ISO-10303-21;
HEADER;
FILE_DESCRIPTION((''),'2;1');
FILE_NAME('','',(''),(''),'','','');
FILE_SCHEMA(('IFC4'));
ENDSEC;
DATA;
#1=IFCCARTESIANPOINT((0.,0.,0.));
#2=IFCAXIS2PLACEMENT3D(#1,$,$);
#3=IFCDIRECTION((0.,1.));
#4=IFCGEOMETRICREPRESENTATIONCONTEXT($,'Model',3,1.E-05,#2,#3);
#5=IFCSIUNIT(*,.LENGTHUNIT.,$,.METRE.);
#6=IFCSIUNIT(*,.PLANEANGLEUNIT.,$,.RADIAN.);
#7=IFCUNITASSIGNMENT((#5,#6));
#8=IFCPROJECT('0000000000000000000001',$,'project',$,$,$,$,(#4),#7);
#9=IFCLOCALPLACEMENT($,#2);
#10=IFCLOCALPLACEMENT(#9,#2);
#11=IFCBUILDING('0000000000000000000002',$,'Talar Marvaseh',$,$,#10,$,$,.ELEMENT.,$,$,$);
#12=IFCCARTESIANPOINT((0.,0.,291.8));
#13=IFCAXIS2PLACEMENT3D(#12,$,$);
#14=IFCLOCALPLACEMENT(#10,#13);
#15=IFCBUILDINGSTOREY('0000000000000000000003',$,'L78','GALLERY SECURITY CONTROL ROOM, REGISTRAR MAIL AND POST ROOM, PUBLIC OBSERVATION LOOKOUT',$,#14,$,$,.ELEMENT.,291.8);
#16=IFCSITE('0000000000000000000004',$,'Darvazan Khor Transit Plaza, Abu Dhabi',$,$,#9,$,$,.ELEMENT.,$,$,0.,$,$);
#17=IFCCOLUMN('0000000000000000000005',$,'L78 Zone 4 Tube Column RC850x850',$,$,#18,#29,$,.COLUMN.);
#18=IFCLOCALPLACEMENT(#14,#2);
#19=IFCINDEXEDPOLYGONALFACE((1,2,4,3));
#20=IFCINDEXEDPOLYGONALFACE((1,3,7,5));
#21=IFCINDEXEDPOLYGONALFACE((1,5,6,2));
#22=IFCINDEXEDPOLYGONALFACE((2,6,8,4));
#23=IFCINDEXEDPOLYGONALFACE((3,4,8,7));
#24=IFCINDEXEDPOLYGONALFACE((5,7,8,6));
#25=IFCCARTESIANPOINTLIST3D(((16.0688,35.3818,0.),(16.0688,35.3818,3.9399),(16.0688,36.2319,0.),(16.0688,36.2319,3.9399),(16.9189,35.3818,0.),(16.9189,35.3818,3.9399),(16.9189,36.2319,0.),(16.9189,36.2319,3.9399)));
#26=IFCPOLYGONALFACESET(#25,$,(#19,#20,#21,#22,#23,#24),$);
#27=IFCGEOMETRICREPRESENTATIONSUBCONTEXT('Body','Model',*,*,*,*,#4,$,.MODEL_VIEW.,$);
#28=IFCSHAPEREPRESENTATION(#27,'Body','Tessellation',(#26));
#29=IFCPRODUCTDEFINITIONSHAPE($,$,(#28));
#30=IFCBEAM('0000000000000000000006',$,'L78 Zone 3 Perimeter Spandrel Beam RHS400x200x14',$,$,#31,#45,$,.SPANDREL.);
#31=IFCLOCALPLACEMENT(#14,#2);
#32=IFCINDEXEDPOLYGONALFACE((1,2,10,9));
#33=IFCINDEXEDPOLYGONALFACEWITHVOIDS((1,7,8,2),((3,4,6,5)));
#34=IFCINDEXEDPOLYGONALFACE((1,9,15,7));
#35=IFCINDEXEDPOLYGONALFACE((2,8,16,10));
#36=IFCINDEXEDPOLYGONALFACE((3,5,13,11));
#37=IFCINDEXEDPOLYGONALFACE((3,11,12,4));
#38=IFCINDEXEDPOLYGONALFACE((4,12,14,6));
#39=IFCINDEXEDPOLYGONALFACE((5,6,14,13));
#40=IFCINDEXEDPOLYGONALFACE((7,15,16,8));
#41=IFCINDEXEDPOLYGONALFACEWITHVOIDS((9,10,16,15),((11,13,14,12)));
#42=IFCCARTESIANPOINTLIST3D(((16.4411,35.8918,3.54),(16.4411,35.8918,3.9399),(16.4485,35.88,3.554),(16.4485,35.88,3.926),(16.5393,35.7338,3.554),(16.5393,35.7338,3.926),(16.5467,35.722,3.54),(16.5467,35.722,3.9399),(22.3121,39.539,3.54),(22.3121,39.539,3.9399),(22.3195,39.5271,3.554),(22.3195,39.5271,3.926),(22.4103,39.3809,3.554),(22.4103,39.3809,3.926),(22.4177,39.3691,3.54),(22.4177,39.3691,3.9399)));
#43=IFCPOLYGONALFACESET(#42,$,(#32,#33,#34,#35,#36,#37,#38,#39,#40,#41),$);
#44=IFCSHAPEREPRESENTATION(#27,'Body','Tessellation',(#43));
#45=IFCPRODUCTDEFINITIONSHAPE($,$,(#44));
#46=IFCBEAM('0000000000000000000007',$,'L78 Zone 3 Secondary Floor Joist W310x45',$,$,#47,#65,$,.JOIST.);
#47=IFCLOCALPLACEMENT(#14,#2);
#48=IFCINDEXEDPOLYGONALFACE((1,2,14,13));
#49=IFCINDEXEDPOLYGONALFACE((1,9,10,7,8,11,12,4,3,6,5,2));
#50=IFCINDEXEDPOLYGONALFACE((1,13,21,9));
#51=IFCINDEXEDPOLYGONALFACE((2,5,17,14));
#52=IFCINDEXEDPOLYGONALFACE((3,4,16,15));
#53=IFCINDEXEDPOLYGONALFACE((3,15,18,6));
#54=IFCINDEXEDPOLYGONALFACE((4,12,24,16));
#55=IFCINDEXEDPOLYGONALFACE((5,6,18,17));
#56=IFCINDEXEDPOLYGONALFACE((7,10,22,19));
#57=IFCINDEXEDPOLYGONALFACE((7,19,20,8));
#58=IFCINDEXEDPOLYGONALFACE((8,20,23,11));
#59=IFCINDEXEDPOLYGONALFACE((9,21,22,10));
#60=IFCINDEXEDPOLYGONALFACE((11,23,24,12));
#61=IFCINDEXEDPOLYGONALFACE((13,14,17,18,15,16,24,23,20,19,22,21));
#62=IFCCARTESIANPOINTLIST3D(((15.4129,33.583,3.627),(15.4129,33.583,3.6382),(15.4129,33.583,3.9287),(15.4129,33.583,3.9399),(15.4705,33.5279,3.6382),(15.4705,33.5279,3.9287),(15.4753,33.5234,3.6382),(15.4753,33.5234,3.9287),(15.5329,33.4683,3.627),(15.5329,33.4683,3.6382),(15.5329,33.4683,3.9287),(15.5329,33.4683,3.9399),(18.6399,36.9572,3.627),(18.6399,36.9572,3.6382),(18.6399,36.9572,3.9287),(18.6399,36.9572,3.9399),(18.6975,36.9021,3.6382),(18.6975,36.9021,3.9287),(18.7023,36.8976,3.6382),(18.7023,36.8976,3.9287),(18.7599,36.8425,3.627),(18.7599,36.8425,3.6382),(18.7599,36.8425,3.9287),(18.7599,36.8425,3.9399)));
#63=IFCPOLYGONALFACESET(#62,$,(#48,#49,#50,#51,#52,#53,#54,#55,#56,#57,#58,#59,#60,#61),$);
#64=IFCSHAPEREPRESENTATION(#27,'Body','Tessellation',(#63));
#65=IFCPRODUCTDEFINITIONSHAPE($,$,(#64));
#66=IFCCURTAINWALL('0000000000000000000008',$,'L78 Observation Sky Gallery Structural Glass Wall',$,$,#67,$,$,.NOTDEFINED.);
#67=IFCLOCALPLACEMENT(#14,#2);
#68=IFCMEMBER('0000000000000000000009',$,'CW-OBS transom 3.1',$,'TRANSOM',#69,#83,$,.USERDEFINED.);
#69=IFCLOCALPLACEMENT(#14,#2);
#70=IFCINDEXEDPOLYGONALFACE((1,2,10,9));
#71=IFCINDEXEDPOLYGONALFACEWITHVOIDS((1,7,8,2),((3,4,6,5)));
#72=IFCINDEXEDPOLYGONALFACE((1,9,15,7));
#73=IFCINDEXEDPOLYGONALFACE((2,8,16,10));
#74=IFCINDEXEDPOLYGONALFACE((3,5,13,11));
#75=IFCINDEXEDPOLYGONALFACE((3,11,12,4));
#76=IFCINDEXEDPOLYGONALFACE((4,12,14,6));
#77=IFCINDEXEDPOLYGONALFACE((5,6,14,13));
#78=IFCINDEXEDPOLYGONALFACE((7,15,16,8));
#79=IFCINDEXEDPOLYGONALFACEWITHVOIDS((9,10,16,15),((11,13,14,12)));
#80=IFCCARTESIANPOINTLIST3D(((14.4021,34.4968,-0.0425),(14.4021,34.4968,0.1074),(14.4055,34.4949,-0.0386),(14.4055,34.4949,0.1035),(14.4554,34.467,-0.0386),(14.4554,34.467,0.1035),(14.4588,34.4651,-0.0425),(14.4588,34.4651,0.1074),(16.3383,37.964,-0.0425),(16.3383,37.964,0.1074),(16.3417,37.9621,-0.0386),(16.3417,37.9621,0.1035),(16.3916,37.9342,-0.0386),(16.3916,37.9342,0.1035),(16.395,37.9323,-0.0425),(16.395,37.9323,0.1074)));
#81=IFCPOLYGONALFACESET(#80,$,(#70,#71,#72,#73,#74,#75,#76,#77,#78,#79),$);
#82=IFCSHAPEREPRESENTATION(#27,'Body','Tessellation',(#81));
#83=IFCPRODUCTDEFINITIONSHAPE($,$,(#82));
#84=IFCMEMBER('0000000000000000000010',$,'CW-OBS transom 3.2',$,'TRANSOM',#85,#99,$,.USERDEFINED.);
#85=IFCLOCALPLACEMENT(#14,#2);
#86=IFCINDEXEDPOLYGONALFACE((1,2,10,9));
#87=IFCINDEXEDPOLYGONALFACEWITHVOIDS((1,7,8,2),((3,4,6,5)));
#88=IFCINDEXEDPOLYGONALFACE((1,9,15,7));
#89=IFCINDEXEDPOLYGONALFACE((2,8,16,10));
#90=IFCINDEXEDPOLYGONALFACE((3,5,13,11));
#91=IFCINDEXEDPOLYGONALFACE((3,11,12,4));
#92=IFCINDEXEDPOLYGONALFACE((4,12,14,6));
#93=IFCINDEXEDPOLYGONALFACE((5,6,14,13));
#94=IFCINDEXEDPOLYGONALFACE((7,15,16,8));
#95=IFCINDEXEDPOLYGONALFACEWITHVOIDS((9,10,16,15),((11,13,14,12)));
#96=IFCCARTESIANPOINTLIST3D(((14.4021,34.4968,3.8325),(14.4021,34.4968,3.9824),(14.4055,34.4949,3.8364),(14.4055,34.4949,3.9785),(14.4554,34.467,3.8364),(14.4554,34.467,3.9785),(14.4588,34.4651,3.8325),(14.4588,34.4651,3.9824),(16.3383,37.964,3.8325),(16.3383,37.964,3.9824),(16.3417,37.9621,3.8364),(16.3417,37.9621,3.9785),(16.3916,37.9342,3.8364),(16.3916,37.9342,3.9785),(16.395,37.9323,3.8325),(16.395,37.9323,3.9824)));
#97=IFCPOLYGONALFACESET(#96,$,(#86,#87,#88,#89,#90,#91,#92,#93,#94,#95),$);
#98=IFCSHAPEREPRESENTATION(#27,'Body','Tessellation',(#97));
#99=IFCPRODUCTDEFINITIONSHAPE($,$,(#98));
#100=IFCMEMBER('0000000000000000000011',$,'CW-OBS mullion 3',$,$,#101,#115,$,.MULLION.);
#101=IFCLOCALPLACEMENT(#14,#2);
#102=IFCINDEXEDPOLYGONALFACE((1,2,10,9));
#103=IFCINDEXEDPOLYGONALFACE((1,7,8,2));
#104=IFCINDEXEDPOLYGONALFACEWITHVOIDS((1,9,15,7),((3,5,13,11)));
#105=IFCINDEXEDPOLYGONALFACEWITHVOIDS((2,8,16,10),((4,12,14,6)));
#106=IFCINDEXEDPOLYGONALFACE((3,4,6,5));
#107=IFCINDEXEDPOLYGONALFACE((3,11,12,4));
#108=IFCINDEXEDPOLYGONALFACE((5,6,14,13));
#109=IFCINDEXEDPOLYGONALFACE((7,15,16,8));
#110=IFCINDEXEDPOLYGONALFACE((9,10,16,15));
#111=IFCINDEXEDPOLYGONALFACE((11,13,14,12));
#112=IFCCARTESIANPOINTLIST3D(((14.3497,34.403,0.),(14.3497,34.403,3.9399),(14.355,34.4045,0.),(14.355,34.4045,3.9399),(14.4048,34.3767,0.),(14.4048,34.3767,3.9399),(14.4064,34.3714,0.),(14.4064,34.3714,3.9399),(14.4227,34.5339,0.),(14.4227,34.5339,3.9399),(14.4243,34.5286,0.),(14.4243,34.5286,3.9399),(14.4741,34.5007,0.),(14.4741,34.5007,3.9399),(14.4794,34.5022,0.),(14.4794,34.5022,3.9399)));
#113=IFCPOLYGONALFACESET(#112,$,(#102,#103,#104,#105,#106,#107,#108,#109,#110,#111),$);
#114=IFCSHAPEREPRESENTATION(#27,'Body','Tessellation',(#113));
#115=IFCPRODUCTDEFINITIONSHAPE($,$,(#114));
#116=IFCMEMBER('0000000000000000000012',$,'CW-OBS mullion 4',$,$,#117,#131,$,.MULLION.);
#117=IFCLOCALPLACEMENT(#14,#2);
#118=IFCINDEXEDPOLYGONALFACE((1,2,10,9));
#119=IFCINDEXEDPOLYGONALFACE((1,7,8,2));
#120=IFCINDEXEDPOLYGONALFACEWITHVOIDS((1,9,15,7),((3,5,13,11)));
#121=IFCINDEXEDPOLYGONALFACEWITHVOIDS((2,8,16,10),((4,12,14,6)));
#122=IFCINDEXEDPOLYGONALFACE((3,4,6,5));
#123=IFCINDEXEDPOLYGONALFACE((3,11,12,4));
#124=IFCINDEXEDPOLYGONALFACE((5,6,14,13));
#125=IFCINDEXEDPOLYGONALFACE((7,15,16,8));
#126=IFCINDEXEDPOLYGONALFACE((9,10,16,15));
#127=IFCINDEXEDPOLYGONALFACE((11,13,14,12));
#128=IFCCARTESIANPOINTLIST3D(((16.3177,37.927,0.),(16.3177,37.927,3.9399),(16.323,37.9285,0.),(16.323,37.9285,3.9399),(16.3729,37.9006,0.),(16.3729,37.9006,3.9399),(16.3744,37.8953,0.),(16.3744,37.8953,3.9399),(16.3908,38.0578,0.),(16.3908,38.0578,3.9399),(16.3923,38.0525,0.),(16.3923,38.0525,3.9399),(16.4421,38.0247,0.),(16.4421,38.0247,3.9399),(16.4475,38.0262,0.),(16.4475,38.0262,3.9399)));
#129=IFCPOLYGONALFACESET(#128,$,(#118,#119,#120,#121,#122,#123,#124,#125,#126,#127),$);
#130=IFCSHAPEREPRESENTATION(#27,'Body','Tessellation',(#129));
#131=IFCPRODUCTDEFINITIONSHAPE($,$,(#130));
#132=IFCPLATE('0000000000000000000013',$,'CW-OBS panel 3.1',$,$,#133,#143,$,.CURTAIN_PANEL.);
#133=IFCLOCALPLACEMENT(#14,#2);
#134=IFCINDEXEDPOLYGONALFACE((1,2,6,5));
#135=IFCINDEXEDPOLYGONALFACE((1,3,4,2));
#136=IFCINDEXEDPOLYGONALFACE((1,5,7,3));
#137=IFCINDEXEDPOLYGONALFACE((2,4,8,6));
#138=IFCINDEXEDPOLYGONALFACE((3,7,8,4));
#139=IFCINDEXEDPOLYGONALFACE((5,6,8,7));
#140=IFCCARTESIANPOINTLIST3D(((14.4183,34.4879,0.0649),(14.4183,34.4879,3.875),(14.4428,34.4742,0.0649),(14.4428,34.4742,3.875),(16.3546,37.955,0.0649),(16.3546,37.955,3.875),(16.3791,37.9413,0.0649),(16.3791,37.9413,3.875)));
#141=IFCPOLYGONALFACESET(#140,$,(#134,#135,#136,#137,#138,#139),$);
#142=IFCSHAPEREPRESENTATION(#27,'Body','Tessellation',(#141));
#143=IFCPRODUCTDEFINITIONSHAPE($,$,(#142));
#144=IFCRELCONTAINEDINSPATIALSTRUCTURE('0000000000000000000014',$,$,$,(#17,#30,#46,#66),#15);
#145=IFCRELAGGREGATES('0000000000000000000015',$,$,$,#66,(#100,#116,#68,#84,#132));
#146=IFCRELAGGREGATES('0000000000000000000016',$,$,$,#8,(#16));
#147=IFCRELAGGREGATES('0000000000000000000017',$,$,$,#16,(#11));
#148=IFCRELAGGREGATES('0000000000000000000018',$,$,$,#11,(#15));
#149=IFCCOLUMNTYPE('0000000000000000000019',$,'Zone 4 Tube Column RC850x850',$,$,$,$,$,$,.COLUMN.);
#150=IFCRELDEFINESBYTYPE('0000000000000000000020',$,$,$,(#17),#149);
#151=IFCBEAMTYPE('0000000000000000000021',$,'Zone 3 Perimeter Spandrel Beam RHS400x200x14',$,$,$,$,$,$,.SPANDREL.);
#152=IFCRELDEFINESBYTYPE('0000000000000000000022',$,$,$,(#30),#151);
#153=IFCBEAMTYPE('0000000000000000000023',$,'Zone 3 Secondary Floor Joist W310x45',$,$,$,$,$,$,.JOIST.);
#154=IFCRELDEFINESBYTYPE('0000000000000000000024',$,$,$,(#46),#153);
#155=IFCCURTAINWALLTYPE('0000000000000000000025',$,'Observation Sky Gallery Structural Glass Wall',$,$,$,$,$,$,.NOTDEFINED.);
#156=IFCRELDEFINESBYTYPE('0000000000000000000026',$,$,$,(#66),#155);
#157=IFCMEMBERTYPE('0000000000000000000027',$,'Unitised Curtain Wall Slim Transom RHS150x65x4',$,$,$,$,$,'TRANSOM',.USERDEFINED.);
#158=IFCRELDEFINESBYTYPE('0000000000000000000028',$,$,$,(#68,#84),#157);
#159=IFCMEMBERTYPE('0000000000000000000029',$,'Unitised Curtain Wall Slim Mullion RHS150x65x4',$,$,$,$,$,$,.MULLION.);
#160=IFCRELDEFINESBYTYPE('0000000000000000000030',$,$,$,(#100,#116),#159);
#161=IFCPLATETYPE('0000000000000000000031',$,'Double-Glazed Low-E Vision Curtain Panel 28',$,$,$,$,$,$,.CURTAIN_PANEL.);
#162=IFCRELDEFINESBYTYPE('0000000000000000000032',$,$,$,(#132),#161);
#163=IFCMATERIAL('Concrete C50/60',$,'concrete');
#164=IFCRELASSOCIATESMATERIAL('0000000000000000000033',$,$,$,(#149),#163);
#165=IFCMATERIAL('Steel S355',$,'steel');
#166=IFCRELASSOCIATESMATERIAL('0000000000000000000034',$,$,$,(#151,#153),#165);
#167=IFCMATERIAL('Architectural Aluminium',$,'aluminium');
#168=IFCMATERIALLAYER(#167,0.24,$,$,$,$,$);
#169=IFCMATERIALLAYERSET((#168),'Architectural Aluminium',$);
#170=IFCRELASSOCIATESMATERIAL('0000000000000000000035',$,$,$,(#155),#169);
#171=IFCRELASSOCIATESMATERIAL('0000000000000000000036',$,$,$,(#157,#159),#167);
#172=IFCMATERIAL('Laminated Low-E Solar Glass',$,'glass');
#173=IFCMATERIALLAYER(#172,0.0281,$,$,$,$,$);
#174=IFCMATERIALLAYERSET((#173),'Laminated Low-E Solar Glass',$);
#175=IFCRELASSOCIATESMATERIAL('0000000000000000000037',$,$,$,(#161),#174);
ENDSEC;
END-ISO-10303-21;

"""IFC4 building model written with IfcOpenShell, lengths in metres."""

from ifc_helpers import new_model, si_unit, direction, frame, origin, origin_2d, place, context, subcontext, project, spatial, rectangle, hollow_rectangle, i_section, extrude, source, transform, mapped, material, layer, layer_set, material_profile, profile_set, type_object, type_shapes, element, aggregate, save


model = new_model("IFC4")

# Units and contexts
model_context = context("Model", 3, precision=1e-05, world=origin(), true_north=direction((0.0, 1.0)))
body_context = subcontext(model_context, "Body", "Model", "MODEL_VIEW")
ifc_project = project(units=[si_unit("LENGTHUNIT", "METRE"), si_unit("PLANEANGLEUNIT", "RADIAN")], contexts=[model_context])

# Site, building, storey
site_placement = place(None, origin())
site = spatial("IfcSite", under=ifc_project, at=site_placement, Name="Darvazan Khor Transit Plaza, Abu Dhabi", CompositionType="ELEMENT", RefElevation=0.0)
building_placement = place(site_placement, origin())
building = spatial("IfcBuilding", under=site, at=building_placement, Name="Talar Marvaseh", CompositionType="ELEMENT")
storey_placement = place(building_placement, frame((0.0, 0.0, 291.8)))
storey = spatial("IfcBuildingStorey", under=building, at=storey_placement, Name="L78", Description="GALLERY SECURITY CONTROL ROOM, REGISTRAR MAIL AND POST ROOM, PUBLIC OBSERVATION LOOKOUT", CompositionType="ELEMENT", Elevation=291.8)

# Column
ifc_material_1 = material(Name="Concrete C50/60", Category="concrete")
ifc_material_profile_1 = material_profile(ifc_material_1, rectangle(XDim=0.8501, YDim=0.8501, at=origin_2d()), Name="RC850x850")
ifc_profile_set_1 = profile_set([ifc_material_profile_1], Name="Concrete C50/60")
column_type = type_object("IfcColumnType", Name="Zone 4 Tube Column RC850x850", PredefinedType="COLUMN", material=ifc_profile_set_1)
column_placement = place(storey_placement, frame((16.4939, 35.8069, 0.0), z_axis=(0.0, 0.0, 1.0), x_axis=(1.0, 0.0, 0.0)))
element("IfcColumn", 1, at=column_placement, inside=storey, type_object=column_type, Name="L78 Zone 4 Tube Column RC850x850", PredefinedType="COLUMN", context=body_context, shape_type="SweptSolid", body=[
    extrude(rectangle(XDim=0.8501, YDim=0.8501, at=origin_2d()), origin(), (0.0, 0.0, 1.0), 3.9399),
])

# Beams
ifc_material_2 = material(Name="Steel S355", Category="steel")
ifc_material_profile_2 = material_profile(ifc_material_2, hollow_rectangle(XDim=0.2, YDim=0.3999, WallThickness=0.0139, at=origin_2d()), Name="RHS400x200x14")
ifc_profile_set_2 = profile_set([ifc_material_profile_2], Name="Steel S355")
beam_type_1 = type_object("IfcBeamType", Name="Zone 3 Perimeter Spandrel Beam RHS400x200x14", PredefinedType="SPANDREL", material=ifc_profile_set_2)
beam_1_placement = place(storey_placement, frame((16.4939, 35.8069, 3.74), z_axis=(0.84944, 0.527686, 0.0), x_axis=(-0.527686, 0.84944, 0.0)))
element("IfcBeam", 2, at=beam_1_placement, inside=storey, type_object=beam_type_1, Name="L78 Zone 3 Perimeter Spandrel Beam RHS400x200x14", PredefinedType="SPANDREL", context=body_context, shape_type="SweptSolid", body=[
    extrude(hollow_rectangle(XDim=0.2, YDim=0.3999, WallThickness=0.0139, at=origin_2d()), origin(), (0.0, 0.0, 1.0), 6.9116),
])
ifc_material_profile_3 = material_profile(ifc_material_2, i_section(OverallWidth=0.166, OverallDepth=0.313, WebThickness=0.0066, FlangeThickness=0.0112, at=origin_2d()), Name="W310x45")
ifc_profile_set_3 = profile_set([ifc_material_profile_3], Name="Steel S355")
beam_type_2 = type_object("IfcBeamType", Name="Zone 3 Secondary Floor Joist W310x45", PredefinedType="JOIST", material=ifc_profile_set_3)
beam_2_placement = place(storey_placement, frame((15.4729, 33.5256, 3.7834), z_axis=(0.691166, 0.722696, 0.0), x_axis=(-0.722696, 0.691166, 0.0)))
element("IfcBeam", 3, at=beam_2_placement, inside=storey, type_object=beam_type_2, Name="L78 Zone 3 Secondary Floor Joist W310x45", PredefinedType="JOIST", context=body_context, shape_type="SweptSolid", body=[
    extrude(i_section(OverallWidth=0.166, OverallDepth=0.313, WebThickness=0.0066, FlangeThickness=0.0112, at=origin_2d()), origin(), (0.0, 0.0, 1.0), 4.6689),
])

# Curtain wall, members, plate
ifc_material_3 = material(Name="Architectural Aluminium", Category="aluminium")
ifc_layer_1 = layer(ifc_material_3, 0.24)
ifc_layer_set_1 = layer_set([ifc_layer_1], Name="Architectural Aluminium")
curtain_wall_type = type_object("IfcCurtainWallType", Name="Observation Sky Gallery Structural Glass Wall", PredefinedType="NOTDEFINED", material=ifc_layer_set_1)
curtain_wall_placement = place(storey_placement, origin())
curtain_wall = element("IfcCurtainWall", 4, at=curtain_wall_placement, inside=storey, type_object=curtain_wall_type, Name="L78 Observation Sky Gallery Structural Glass Wall", PredefinedType="NOTDEFINED")
ifc_material_profile_4 = material_profile(ifc_material_3, hollow_rectangle(XDim=0.0649, YDim=0.1499, WallThickness=0.0039, at=origin_2d()), Name="RHS150x65x4")
ifc_profile_set_4 = profile_set([ifc_material_profile_4], Name="Architectural Aluminium")
member_type_1 = type_object("IfcMemberType", Name="Unitised Curtain Wall Slim Transom RHS150x65x4", ElementType="TRANSOM", PredefinedType="USERDEFINED", material=ifc_profile_set_4)
shared_shape_1 = source(origin(), body_context, "Body", "SweptSolid", [
    extrude(hollow_rectangle(XDim=0.0649, YDim=0.1499, WallThickness=0.0039, at=origin_2d()), origin(), (0.0, 0.0, 1.0), 3.9712),
])
type_shapes(member_type_1, [shared_shape_1])
member_1_placement = place(storey_placement, frame((14.4304, 34.481, 0.0325), z_axis=(0.487568, 0.873085, 0.0), x_axis=(-0.873085, 0.487568, 0.0)))
member_1 = element("IfcMember", 5, at=member_1_placement, type_object=member_type_1, Name="CW-OBS transom 3.1", ObjectType="TRANSOM", PredefinedType="USERDEFINED", context=body_context, shape_type="MappedRepresentation", body=[
    mapped(shared_shape_1, transform((0.0, 0.0, 0.0), x_axis=(1.0, 0.0, 0.0), y_axis=(0.0, 1.0, 0.0), z_axis=(0.0, 0.0, 1.0), scale=1.0)),
])
member_2_placement = place(storey_placement, frame((14.4304, 34.481, 3.9075), z_axis=(0.487568, 0.873085, 0.0), x_axis=(-0.873085, 0.487568, 0.0)))
member_2 = element("IfcMember", 6, at=member_2_placement, type_object=member_type_1, Name="CW-OBS transom 3.2", ObjectType="TRANSOM", PredefinedType="USERDEFINED", context=body_context, shape_type="MappedRepresentation", body=[
    mapped(shared_shape_1, transform((0.0, 0.0, 0.0), x_axis=(1.0, 0.0, 0.0), y_axis=(0.0, 1.0, 0.0), z_axis=(0.0, 0.0, 1.0), scale=1.0)),
])
ifc_material_profile_5 = material_profile(ifc_material_3, hollow_rectangle(XDim=0.0649, YDim=0.1499, WallThickness=0.0039, at=origin_2d()), Name="RHS150x65x4")
ifc_profile_set_5 = profile_set([ifc_material_profile_5], Name="Architectural Aluminium")
member_type_2 = type_object("IfcMemberType", Name="Unitised Curtain Wall Slim Mullion RHS150x65x4", PredefinedType="MULLION", material=ifc_profile_set_5)
shared_shape_2 = source(origin(), body_context, "Body", "SweptSolid", [
    extrude(hollow_rectangle(XDim=0.0649, YDim=0.1499, WallThickness=0.0039, at=origin_2d()), origin(), (0.0, 0.0, 1.0), 3.9399),
])
type_shapes(member_type_2, [shared_shape_2])
member_3_placement = place(storey_placement, frame((14.4146, 34.4526, 0.0), z_axis=(0.0, 0.0, 1.0), x_axis=(-0.873073, 0.487589, 0.0)))
member_3 = element("IfcMember", 7, at=member_3_placement, type_object=member_type_2, Name="CW-OBS mullion 3", PredefinedType="MULLION", context=body_context, shape_type="MappedRepresentation", body=[
    mapped(shared_shape_2, transform((0.0, 0.0, 0.0), x_axis=(1.0, 0.0, 0.0), y_axis=(0.0, 1.0, 0.0), z_axis=(0.0, 0.0, 1.0), scale=1.0)),
])
member_4_placement = place(storey_placement, frame((16.3826, 37.9766, 0.0), z_axis=(0.0, 0.0, 1.0), x_axis=(-0.873073, 0.487589, 0.0)))
member_4 = element("IfcMember", 8, at=member_4_placement, type_object=member_type_2, Name="CW-OBS mullion 4", PredefinedType="MULLION", context=body_context, shape_type="MappedRepresentation", body=[
    mapped(shared_shape_2, transform((0.0, 0.0, 0.0), x_axis=(1.0, 0.0, 0.0), y_axis=(0.0, 1.0, 0.0), z_axis=(0.0, 0.0, 1.0), scale=1.0)),
])
ifc_material_4 = material(Name="Laminated Low-E Solar Glass", Category="glass")
ifc_layer_2 = layer(ifc_material_4, 0.0281)
ifc_layer_set_2 = layer_set([ifc_layer_2], Name="Laminated Low-E Solar Glass")
plate_type = type_object("IfcPlateType", Name="Double-Glazed Low-E Vision Curtain Panel 28", PredefinedType="CURTAIN_PANEL", material=ifc_layer_set_2)
shared_shape_3 = source(origin(), body_context, "Body", "SweptSolid", [
    extrude(rectangle(XDim=3.9712, YDim=0.0281, at=origin_2d()), origin(), (0.0, 0.0, 1.0), 3.8101),
])
type_shapes(plate_type, [shared_shape_3])
plate_placement = place(storey_placement, frame((15.3987, 36.2146, 0.0649), z_axis=(0.0, 0.0, 1.0), x_axis=(0.487589, 0.873073, 0.0)))
plate = element("IfcPlate", 9, at=plate_placement, type_object=plate_type, Name="CW-OBS panel 3.1", PredefinedType="CURTAIN_PANEL", context=body_context, shape_type="MappedRepresentation", body=[
    mapped(shared_shape_3, transform((0.0, 0.0, 0.0), x_axis=(1.0, 0.0, 0.0), y_axis=(0.0, 1.0, 0.0), z_axis=(0.0, 0.0, 1.0), scale=1.0)),
])
aggregate(curtain_wall, [member_3, member_4, member_1, member_2, plate])

save(model, "model.ifc")
